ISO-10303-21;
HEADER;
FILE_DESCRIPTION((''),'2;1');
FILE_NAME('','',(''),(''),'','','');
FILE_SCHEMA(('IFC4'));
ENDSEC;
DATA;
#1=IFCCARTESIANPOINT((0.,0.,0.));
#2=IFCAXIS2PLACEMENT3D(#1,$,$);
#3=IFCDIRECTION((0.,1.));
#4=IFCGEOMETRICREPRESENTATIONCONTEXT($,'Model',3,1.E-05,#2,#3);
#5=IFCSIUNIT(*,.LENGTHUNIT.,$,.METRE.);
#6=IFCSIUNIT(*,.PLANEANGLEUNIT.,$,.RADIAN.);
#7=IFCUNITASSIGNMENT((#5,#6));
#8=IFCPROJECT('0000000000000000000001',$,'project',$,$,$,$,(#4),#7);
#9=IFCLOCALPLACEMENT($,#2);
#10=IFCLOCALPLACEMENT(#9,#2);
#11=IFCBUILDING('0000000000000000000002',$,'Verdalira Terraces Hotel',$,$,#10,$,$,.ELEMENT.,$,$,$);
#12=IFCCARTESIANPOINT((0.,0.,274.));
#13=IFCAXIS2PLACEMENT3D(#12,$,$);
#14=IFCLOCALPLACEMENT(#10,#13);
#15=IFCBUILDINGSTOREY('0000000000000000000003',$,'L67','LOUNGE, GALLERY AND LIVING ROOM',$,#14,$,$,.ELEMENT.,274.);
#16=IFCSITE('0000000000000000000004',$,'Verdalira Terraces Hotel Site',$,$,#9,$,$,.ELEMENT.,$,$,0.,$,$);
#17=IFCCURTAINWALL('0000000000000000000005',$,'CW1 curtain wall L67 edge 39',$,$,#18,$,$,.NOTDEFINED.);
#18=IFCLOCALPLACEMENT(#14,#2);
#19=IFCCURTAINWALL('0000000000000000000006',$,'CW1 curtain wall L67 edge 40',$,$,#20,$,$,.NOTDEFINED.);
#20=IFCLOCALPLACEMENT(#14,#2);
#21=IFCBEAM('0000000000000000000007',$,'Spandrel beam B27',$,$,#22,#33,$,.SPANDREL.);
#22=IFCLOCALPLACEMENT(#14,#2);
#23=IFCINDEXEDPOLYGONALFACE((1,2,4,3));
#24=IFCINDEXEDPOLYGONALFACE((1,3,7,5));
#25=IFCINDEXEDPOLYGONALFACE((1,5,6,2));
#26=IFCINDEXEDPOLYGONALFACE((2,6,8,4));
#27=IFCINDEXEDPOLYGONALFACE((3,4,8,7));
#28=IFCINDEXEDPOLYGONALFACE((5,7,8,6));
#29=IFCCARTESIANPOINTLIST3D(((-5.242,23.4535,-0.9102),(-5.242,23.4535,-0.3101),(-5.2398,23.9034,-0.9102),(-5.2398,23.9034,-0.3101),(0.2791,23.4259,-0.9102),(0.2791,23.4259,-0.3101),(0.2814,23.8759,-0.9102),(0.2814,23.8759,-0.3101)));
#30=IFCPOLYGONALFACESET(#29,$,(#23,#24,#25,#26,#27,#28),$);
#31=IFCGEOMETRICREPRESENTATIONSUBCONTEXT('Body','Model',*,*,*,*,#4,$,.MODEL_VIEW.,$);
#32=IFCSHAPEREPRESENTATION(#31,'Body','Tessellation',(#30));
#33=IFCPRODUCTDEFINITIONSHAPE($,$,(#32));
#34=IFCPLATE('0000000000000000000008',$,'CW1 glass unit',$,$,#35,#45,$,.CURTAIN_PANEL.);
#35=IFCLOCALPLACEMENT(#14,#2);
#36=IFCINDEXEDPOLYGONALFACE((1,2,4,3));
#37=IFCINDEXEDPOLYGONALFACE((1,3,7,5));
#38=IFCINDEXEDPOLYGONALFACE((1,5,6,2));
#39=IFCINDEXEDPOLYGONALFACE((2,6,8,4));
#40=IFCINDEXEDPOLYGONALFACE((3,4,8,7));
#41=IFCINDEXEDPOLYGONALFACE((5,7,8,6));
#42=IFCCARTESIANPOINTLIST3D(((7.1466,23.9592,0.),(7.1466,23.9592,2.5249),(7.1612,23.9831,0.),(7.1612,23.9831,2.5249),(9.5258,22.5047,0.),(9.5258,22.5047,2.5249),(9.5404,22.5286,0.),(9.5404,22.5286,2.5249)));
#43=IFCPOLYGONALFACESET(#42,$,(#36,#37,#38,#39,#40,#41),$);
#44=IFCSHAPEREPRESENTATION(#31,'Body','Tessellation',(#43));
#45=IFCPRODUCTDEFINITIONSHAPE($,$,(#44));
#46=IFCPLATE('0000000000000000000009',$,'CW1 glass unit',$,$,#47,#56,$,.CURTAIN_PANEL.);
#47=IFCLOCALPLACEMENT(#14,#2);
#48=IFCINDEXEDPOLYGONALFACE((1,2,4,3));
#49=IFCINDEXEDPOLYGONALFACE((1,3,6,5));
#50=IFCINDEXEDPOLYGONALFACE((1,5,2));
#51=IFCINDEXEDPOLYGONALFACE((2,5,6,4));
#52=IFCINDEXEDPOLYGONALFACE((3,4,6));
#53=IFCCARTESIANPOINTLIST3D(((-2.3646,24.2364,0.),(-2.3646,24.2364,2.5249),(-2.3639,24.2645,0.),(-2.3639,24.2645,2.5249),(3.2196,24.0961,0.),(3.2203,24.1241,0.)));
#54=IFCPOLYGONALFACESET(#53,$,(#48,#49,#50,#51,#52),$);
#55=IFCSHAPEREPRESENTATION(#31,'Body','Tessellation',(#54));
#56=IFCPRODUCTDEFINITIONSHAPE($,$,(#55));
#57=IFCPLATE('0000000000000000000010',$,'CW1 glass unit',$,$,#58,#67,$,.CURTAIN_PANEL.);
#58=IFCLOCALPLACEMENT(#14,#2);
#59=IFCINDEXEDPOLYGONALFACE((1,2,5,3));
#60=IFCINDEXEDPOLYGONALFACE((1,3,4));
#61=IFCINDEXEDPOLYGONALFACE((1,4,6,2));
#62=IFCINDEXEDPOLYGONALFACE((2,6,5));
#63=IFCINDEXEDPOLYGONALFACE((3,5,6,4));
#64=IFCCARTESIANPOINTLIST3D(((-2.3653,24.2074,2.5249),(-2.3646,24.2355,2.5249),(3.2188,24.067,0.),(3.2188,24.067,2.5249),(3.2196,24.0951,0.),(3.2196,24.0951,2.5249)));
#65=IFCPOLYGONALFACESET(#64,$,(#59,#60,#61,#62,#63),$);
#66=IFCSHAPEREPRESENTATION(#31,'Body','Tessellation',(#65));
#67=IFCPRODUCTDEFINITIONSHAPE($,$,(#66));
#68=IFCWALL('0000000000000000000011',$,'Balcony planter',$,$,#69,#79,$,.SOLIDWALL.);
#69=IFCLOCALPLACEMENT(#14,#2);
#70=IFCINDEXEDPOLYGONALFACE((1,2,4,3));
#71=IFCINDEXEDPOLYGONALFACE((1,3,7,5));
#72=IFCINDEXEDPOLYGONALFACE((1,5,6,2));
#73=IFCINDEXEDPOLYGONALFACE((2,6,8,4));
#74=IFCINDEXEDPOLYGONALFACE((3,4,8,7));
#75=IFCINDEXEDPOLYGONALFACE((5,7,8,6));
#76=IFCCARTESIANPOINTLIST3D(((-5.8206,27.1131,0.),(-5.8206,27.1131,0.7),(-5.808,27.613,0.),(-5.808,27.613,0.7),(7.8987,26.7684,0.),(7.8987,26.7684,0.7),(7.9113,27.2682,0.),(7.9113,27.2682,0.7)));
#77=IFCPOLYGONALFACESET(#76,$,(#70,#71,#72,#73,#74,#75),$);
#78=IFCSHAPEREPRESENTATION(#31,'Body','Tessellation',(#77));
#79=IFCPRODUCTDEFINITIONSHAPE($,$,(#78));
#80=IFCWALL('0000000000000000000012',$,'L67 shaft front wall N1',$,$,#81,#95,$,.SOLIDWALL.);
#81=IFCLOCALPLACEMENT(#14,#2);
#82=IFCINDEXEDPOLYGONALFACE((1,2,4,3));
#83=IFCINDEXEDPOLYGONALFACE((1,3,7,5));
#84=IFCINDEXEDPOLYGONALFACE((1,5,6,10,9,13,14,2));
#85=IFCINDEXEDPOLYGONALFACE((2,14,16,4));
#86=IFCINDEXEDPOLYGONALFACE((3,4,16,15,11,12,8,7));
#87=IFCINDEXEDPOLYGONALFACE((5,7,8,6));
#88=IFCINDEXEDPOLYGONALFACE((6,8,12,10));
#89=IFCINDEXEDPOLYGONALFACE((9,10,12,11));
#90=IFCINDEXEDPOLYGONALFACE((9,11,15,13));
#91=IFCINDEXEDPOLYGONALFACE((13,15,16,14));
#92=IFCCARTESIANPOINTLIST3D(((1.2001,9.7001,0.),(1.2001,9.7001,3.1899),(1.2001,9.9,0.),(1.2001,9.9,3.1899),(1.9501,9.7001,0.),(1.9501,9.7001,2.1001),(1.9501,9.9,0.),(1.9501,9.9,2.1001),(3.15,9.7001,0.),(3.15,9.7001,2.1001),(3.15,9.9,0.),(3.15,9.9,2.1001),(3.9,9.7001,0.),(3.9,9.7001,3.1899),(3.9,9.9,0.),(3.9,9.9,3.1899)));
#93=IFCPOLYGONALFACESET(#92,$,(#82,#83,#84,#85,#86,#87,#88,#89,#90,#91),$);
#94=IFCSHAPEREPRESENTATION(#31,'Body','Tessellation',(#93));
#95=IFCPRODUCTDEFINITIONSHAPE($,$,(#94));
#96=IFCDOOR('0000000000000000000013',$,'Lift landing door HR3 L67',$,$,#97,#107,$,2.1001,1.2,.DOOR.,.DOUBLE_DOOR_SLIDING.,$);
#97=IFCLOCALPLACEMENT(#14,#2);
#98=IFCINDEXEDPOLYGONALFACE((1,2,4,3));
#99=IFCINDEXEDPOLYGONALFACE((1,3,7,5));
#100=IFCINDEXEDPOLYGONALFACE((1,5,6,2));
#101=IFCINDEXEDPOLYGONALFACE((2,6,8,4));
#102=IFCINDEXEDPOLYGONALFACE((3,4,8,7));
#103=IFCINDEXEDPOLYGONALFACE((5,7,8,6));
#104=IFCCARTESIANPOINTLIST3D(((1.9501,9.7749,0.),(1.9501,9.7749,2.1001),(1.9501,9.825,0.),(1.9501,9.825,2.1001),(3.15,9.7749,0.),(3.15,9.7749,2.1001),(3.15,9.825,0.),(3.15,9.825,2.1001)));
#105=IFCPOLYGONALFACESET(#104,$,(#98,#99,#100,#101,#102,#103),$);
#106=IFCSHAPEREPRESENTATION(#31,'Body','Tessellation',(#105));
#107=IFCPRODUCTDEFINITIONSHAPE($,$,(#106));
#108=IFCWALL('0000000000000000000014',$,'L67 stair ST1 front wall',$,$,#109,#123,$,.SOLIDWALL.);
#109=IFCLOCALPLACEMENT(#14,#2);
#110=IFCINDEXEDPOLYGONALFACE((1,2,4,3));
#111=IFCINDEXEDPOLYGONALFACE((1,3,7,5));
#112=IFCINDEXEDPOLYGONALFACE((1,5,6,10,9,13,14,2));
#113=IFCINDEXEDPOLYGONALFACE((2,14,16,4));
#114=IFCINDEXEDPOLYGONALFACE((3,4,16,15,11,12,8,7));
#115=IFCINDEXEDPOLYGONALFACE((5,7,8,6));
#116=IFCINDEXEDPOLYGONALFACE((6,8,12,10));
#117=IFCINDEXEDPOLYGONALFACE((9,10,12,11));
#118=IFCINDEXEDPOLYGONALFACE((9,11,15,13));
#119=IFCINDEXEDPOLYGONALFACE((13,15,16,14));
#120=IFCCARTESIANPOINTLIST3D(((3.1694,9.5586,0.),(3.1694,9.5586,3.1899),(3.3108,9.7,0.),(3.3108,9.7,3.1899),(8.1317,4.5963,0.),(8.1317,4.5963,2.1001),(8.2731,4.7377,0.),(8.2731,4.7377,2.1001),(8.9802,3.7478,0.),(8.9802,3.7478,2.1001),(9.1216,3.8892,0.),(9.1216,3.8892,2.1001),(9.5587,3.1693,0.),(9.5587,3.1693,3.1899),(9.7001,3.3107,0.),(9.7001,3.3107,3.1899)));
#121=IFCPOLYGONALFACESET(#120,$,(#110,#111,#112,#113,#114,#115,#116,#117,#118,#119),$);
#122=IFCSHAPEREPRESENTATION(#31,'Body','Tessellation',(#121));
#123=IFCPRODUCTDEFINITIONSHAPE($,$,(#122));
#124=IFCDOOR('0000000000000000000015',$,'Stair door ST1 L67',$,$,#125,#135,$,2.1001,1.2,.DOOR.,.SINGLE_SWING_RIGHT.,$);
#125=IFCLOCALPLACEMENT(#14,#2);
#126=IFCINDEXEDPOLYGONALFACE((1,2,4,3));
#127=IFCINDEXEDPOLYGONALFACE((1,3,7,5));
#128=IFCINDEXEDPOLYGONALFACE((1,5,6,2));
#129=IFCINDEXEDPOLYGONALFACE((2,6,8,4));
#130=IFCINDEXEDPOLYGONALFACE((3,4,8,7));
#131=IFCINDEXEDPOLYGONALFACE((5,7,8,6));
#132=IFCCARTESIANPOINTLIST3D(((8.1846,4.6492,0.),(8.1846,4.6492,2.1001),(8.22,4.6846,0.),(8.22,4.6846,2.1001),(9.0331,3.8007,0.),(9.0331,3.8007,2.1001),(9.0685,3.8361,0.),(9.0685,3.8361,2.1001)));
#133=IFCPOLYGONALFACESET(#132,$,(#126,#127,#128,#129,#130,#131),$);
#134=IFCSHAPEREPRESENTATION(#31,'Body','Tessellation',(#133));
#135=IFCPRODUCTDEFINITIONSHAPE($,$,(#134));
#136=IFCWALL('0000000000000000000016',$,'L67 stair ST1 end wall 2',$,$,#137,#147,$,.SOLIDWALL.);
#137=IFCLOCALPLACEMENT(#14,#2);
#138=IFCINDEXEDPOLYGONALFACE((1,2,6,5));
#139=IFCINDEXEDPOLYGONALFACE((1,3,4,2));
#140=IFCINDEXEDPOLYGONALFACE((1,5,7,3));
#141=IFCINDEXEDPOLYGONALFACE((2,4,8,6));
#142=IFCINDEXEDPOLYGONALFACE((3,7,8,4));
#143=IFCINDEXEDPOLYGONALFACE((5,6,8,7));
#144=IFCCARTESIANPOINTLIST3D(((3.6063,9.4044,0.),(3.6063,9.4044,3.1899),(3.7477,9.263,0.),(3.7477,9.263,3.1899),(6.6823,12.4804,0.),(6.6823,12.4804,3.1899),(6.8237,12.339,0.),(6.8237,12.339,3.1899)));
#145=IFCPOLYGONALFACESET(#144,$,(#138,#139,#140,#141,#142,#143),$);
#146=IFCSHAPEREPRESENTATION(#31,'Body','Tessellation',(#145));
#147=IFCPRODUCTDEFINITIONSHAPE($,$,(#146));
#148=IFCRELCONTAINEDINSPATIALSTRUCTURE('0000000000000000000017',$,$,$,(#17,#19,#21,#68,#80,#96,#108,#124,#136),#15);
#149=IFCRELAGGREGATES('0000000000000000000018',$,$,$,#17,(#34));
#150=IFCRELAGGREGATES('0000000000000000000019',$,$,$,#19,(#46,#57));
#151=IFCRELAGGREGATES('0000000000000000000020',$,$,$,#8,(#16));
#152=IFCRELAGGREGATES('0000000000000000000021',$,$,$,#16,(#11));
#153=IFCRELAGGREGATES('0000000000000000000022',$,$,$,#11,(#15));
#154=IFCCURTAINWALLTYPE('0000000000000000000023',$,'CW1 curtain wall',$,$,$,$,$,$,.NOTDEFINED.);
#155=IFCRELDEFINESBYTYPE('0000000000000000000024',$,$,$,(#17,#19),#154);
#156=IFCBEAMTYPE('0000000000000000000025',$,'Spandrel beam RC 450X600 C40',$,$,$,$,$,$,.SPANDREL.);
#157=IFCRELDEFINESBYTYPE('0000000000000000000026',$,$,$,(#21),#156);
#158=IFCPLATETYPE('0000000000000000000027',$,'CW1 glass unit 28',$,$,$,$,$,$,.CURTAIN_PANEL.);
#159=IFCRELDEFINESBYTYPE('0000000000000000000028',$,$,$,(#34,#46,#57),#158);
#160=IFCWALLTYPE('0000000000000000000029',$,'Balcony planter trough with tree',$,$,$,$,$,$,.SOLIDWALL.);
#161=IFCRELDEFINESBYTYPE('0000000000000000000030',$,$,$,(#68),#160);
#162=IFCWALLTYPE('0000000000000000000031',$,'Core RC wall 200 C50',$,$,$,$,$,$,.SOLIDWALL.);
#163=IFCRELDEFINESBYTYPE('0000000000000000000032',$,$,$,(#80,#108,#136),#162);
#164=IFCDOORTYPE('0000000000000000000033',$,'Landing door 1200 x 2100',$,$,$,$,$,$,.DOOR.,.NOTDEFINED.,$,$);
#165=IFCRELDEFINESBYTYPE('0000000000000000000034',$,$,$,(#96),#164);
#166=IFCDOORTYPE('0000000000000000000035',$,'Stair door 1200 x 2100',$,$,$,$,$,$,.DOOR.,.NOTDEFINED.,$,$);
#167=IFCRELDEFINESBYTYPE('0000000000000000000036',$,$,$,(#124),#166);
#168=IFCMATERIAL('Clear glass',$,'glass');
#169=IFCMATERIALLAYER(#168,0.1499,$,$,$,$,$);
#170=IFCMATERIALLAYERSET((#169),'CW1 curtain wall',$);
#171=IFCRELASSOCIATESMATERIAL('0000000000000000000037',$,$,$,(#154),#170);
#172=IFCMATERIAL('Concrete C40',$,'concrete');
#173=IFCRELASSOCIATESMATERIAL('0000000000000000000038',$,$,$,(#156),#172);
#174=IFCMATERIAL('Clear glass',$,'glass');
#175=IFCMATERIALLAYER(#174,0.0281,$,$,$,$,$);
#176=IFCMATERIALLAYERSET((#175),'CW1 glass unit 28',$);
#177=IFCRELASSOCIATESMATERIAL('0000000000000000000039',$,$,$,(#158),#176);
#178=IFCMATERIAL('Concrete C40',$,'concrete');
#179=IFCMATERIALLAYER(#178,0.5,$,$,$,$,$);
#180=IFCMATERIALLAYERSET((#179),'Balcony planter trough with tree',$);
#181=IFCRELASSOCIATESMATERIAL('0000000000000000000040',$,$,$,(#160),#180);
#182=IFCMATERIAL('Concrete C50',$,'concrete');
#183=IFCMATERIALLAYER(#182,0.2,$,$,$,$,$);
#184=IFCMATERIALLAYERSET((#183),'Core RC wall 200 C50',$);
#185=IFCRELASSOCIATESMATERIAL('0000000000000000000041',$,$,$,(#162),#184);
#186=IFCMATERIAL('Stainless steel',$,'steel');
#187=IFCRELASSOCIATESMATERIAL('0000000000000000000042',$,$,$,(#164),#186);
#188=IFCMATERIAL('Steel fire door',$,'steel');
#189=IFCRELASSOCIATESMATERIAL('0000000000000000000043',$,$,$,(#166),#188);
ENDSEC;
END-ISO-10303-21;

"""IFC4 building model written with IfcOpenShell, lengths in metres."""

from ifc_helpers import new_model, si_unit, direction, frame, frame_2d, origin, origin_2d, place, context, subcontext, project, spatial, polyline, rectangle, outline, extrude, material, layer, layer_set, material_profile, profile_set, type_object, element, fill, aggregate, save


model = new_model("IFC4")

# Units and contexts
model_context = context("Model", 3, precision=1e-05, world=origin(), true_north=direction((0.0, 1.0)))
body_context = subcontext(model_context, "Body", "Model", "MODEL_VIEW")
ifc_project = project(units=[si_unit("LENGTHUNIT", "METRE"), si_unit("PLANEANGLEUNIT", "RADIAN")], contexts=[model_context])

# Site, building, storey
site_placement = place(None, origin())
site = spatial("IfcSite", under=ifc_project, at=site_placement, Name="Verdalira Terraces Hotel Site", CompositionType="ELEMENT", RefElevation=0.0)
building_placement = place(site_placement, origin())
building = spatial("IfcBuilding", under=site, at=building_placement, Name="Verdalira Terraces Hotel", CompositionType="ELEMENT")
storey_placement = place(building_placement, frame((0.0, 0.0, 274.0)))
storey = spatial("IfcBuildingStorey", under=building, at=storey_placement, Name="L67", Description="LOUNGE, GALLERY AND LIVING ROOM", CompositionType="ELEMENT", Elevation=274.0)

# Curtain wall
ifc_material_1 = material(Name="Clear glass", Category="glass")
ifc_layer_1 = layer(ifc_material_1, 0.1499)
ifc_layer_set_1 = layer_set([ifc_layer_1], Name="CW1 curtain wall")
curtain_wall_type = type_object("IfcCurtainWallType", Name="CW1 curtain wall", PredefinedType="NOTDEFINED", material=ifc_layer_set_1)
curtain_wall_1_placement = place(storey_placement, origin())
curtain_wall_1 = element("IfcCurtainWall", 1, at=curtain_wall_1_placement, inside=storey, type_object=curtain_wall_type, Name="CW1 curtain wall L67 edge 39", PredefinedType="NOTDEFINED")

# Curtain wall
curtain_wall_2_placement = place(storey_placement, origin())
curtain_wall_2 = element("IfcCurtainWall", 2, at=curtain_wall_2_placement, inside=storey, type_object=curtain_wall_type, Name="CW1 curtain wall L67 edge 40", PredefinedType="NOTDEFINED")

# Beam
ifc_material_2 = material(Name="Concrete C40", Category="concrete")
ifc_material_profile_1 = material_profile(ifc_material_2, rectangle(XDim=0.45, YDim=0.6001, at=origin_2d()), Name="RC 450X600")
ifc_profile_set_1 = profile_set([ifc_material_profile_1], Name="Concrete C40")
beam_type_1 = type_object("IfcBeamType", Name="Spandrel beam RC 450X600 C40", PredefinedType="SPANDREL", material=ifc_profile_set_1)
beam_1_placement = place(storey_placement, frame((0.2803, 23.6509, -0.6101), z_axis=(-0.999988, 0.004997, 0.0), x_axis=(-0.004997, -0.999988, 0.0)))
element("IfcBeam", 3, at=beam_1_placement, inside=storey, type_object=beam_type_1, Name="Spandrel beam B27", PredefinedType="SPANDREL", context=body_context, shape_type="SweptSolid", body=[
    extrude(rectangle(XDim=0.45, YDim=0.6001, at=origin_2d()), origin(), (0.0, 0.0, 1.0), 5.5212),
])

# Plates
ifc_material_3 = material(Name="Clear glass", Category="glass")
ifc_layer_2 = layer(ifc_material_3, 0.0281)
ifc_layer_set_2 = layer_set([ifc_layer_2], Name="CW1 glass unit 28")
plate_type = type_object("IfcPlateType", Name="CW1 glass unit 28", PredefinedType="CURTAIN_PANEL", material=ifc_layer_set_2)
plate_1_placement = place(storey_placement, frame((8.3435, 23.2439, 0.0), z_axis=(0.0, 0.0, 1.0), x_axis=(-0.853187, 0.521605, 0.0)))
plate_1 = element("IfcPlate", 4, at=plate_1_placement, type_object=plate_type, Name="CW1 glass unit", PredefinedType="CURTAIN_PANEL", context=body_context, shape_type="SweptSolid", body=[
    extrude(rectangle(XDim=2.7886, YDim=0.0281, at=origin_2d()), origin(), (0.0, 0.0, 1.0), 2.5249),
])
aggregate(curtain_wall_1, [plate_1])
plate_2_placement = place(storey_placement, frame((0.4275, 24.1663, 1.2625), z_axis=(0.02513, 0.999684, 0.0), x_axis=(-0.999684, 0.02513, 0.0)))
plate_2 = element("IfcPlate", 5, at=plate_2_placement, type_object=plate_type, Name="CW1 glass unit", PredefinedType="CURTAIN_PANEL", context=body_context, shape_type="SweptSolid", body=[
    extrude(outline(polyline([(-2.793, -1.2625), (2.793, -1.2625), (2.793, 1.2625), (-2.793, -1.2625)])), origin(), (0.0, 0.0, 1.0), 0.0281),
])
plate_3_placement = place(storey_placement, frame((0.4268, 24.1372, 1.2625), z_axis=(0.02513, 0.999684, 0.0), x_axis=(-0.999684, 0.02513, 0.0)))
plate_3 = element("IfcPlate", 6, at=plate_3_placement, type_object=plate_type, Name="CW1 glass unit", PredefinedType="CURTAIN_PANEL", context=body_context, shape_type="SweptSolid", body=[
    extrude(outline(polyline([(-2.793, -1.2625), (2.793, 1.2625), (-2.793, 1.2625), (-2.793, -1.2625)])), origin(), (0.0, 0.0, 1.0), 0.0281),
])
aggregate(curtain_wall_2, [plate_2, plate_3])

# Wall
ifc_material_4 = material(Name="Concrete C40", Category="concrete")
ifc_layer_3 = layer(ifc_material_4, 0.5)
ifc_layer_set_3 = layer_set([ifc_layer_3], Name="Balcony planter trough with tree")
wall_type_1 = type_object("IfcWallType", Name="Balcony planter trough with tree", PredefinedType="SOLIDWALL", material=ifc_layer_set_3)
wall_1_placement = place(storey_placement, frame((7.905, 27.0183, 0.0), z_axis=(0.0, 0.0, 1.0), x_axis=(-0.999684, 0.025119, 0.0)))
element("IfcWall", 7, at=wall_1_placement, inside=storey, type_object=wall_type_1, Name="Balcony planter", PredefinedType="SOLIDWALL", context=body_context, shape_type="SweptSolid", body=[
    extrude(rectangle(XDim=13.7236, YDim=0.5, at=frame_2d((6.8618, 0.0))), origin(), (0.0, 0.0, 1.0), 0.7),
])

# Walls, openings, doors
ifc_material_5 = material(Name="Concrete C50", Category="concrete")
ifc_layer_4 = layer(ifc_material_5, 0.2)
ifc_layer_set_4 = layer_set([ifc_layer_4], Name="Core RC wall 200 C50")
wall_type_2 = type_object("IfcWallType", Name="Core RC wall 200 C50", PredefinedType="SOLIDWALL", material=ifc_layer_set_4)
wall_2_placement = place(storey_placement, frame((1.2, 9.8, 0.0), z_axis=(0.0, 0.0, 1.0), x_axis=(1.0, 0.0, 0.0)))
wall_2 = element("IfcWall", 8, at=wall_2_placement, inside=storey, type_object=wall_type_2, Name="L67 shaft front wall N1", PredefinedType="SOLIDWALL", context=body_context, shape_type="SweptSolid", body=[
    extrude(rectangle(XDim=2.7, YDim=0.2, at=frame_2d((1.3501, 0.0))), origin(), (0.0, 0.0, 1.0), 3.1899),
])
opening_1_placement = place(wall_2_placement, frame((0.75, 0.0, 0.0)))
opening_1 = element("IfcOpeningElement", 9, at=opening_1_placement, cuts=wall_2, PredefinedType="OPENING", context=body_context, shape_type="SweptSolid", body=[
    extrude(rectangle(XDim=1.2, YDim=2.1001, at=frame_2d((0.6001, 1.05))), frame((0.0, 0.1099, 0.0), z_axis=(0.0, -1.0, 0.0), x_axis=(1.0, 0.0, 0.0)), (0.0, 0.0, 1.0), 0.22),
])
ifc_material_6 = material(Name="Stainless steel", Category="steel")
door_type_1 = type_object("IfcDoorType", Name="Landing door 1200 x 2100", OperationType="NOTDEFINED", PredefinedType="DOOR", material=ifc_material_6)
door_1_placement = place(opening_1_placement, origin())
door_1 = element("IfcDoor", 10, at=door_1_placement, inside=storey, type_object=door_type_1, Name="Lift landing door HR3 L67", OperationType="DOUBLE_DOOR_SLIDING", OverallHeight=2.1001, OverallWidth=1.2, PredefinedType="DOOR", context=body_context, shape_type="SweptSolid", body=[
    extrude(rectangle(XDim=1.2, YDim=2.1001, at=frame_2d((0.6001, 1.05))), frame((0.0, 0.0249, 0.0), z_axis=(0.0, -1.0, 0.0), x_axis=(1.0, 0.0, 0.0)), (0.0, 0.0, 1.0), 0.05),
])
fill(opening_1, door_1)
wall_3_placement = place(storey_placement, frame((3.24, 9.6294, 0.0), z_axis=(0.0, 0.0, 1.0), x_axis=(0.707107, -0.707107, 0.0)))
wall_3 = element("IfcWall", 11, at=wall_3_placement, inside=storey, type_object=wall_type_2, Name="L67 stair ST1 front wall", PredefinedType="SOLIDWALL", context=body_context, shape_type="SweptSolid", body=[
    extrude(rectangle(XDim=9.0359, YDim=0.2, at=frame_2d((4.5181, 0.0))), origin(), (0.0, 0.0, 1.0), 3.1899),
])
opening_2_placement = place(wall_3_placement, frame((7.0178, 0.0, 0.0)))
opening_2 = element("IfcOpeningElement", 12, at=opening_2_placement, cuts=wall_3, PredefinedType="OPENING", context=body_context, shape_type="SweptSolid", body=[
    extrude(rectangle(XDim=1.2, YDim=2.1001, at=frame_2d((0.6001, 1.05))), frame((0.0, 0.1099, 0.0), z_axis=(0.0, -1.0, 0.0), x_axis=(1.0, 0.0, 0.0)), (0.0, 0.0, 1.0), 0.22),
])
ifc_material_7 = material(Name="Steel fire door", Category="steel")
door_type_2 = type_object("IfcDoorType", Name="Stair door 1200 x 2100", OperationType="NOTDEFINED", PredefinedType="DOOR", material=ifc_material_7)
door_2_placement = place(opening_2_placement, origin())
door_2 = element("IfcDoor", 13, at=door_2_placement, inside=storey, type_object=door_type_2, Name="Stair door ST1 L67", OperationType="SINGLE_SWING_RIGHT", OverallHeight=2.1001, OverallWidth=1.2, PredefinedType="DOOR", context=body_context, shape_type="SweptSolid", body=[
    extrude(rectangle(XDim=1.2, YDim=2.1001, at=frame_2d((0.6001, 1.05))), frame((0.0, 0.0249, 0.0), z_axis=(0.0, -1.0, 0.0), x_axis=(1.0, 0.0, 0.0)), (0.0, 0.0, 1.0), 0.05),
])
fill(opening_2, door_2)

# Wall
wall_4_placement = place(storey_placement, frame((3.677, 9.3337, 0.0), z_axis=(0.0, 0.0, 1.0), x_axis=(0.707107, 0.707107, 0.0)))
element("IfcWall", 14, at=wall_4_placement, inside=storey, type_object=wall_type_2, Name="L67 stair ST1 end wall 2", PredefinedType="SOLIDWALL", context=body_context, shape_type="SweptSolid", body=[
    extrude(rectangle(XDim=4.3501, YDim=0.2, at=frame_2d((2.175, 0.0))), origin(), (0.0, 0.0, 1.0), 3.1899),
])

save(model, "model.ifc")
